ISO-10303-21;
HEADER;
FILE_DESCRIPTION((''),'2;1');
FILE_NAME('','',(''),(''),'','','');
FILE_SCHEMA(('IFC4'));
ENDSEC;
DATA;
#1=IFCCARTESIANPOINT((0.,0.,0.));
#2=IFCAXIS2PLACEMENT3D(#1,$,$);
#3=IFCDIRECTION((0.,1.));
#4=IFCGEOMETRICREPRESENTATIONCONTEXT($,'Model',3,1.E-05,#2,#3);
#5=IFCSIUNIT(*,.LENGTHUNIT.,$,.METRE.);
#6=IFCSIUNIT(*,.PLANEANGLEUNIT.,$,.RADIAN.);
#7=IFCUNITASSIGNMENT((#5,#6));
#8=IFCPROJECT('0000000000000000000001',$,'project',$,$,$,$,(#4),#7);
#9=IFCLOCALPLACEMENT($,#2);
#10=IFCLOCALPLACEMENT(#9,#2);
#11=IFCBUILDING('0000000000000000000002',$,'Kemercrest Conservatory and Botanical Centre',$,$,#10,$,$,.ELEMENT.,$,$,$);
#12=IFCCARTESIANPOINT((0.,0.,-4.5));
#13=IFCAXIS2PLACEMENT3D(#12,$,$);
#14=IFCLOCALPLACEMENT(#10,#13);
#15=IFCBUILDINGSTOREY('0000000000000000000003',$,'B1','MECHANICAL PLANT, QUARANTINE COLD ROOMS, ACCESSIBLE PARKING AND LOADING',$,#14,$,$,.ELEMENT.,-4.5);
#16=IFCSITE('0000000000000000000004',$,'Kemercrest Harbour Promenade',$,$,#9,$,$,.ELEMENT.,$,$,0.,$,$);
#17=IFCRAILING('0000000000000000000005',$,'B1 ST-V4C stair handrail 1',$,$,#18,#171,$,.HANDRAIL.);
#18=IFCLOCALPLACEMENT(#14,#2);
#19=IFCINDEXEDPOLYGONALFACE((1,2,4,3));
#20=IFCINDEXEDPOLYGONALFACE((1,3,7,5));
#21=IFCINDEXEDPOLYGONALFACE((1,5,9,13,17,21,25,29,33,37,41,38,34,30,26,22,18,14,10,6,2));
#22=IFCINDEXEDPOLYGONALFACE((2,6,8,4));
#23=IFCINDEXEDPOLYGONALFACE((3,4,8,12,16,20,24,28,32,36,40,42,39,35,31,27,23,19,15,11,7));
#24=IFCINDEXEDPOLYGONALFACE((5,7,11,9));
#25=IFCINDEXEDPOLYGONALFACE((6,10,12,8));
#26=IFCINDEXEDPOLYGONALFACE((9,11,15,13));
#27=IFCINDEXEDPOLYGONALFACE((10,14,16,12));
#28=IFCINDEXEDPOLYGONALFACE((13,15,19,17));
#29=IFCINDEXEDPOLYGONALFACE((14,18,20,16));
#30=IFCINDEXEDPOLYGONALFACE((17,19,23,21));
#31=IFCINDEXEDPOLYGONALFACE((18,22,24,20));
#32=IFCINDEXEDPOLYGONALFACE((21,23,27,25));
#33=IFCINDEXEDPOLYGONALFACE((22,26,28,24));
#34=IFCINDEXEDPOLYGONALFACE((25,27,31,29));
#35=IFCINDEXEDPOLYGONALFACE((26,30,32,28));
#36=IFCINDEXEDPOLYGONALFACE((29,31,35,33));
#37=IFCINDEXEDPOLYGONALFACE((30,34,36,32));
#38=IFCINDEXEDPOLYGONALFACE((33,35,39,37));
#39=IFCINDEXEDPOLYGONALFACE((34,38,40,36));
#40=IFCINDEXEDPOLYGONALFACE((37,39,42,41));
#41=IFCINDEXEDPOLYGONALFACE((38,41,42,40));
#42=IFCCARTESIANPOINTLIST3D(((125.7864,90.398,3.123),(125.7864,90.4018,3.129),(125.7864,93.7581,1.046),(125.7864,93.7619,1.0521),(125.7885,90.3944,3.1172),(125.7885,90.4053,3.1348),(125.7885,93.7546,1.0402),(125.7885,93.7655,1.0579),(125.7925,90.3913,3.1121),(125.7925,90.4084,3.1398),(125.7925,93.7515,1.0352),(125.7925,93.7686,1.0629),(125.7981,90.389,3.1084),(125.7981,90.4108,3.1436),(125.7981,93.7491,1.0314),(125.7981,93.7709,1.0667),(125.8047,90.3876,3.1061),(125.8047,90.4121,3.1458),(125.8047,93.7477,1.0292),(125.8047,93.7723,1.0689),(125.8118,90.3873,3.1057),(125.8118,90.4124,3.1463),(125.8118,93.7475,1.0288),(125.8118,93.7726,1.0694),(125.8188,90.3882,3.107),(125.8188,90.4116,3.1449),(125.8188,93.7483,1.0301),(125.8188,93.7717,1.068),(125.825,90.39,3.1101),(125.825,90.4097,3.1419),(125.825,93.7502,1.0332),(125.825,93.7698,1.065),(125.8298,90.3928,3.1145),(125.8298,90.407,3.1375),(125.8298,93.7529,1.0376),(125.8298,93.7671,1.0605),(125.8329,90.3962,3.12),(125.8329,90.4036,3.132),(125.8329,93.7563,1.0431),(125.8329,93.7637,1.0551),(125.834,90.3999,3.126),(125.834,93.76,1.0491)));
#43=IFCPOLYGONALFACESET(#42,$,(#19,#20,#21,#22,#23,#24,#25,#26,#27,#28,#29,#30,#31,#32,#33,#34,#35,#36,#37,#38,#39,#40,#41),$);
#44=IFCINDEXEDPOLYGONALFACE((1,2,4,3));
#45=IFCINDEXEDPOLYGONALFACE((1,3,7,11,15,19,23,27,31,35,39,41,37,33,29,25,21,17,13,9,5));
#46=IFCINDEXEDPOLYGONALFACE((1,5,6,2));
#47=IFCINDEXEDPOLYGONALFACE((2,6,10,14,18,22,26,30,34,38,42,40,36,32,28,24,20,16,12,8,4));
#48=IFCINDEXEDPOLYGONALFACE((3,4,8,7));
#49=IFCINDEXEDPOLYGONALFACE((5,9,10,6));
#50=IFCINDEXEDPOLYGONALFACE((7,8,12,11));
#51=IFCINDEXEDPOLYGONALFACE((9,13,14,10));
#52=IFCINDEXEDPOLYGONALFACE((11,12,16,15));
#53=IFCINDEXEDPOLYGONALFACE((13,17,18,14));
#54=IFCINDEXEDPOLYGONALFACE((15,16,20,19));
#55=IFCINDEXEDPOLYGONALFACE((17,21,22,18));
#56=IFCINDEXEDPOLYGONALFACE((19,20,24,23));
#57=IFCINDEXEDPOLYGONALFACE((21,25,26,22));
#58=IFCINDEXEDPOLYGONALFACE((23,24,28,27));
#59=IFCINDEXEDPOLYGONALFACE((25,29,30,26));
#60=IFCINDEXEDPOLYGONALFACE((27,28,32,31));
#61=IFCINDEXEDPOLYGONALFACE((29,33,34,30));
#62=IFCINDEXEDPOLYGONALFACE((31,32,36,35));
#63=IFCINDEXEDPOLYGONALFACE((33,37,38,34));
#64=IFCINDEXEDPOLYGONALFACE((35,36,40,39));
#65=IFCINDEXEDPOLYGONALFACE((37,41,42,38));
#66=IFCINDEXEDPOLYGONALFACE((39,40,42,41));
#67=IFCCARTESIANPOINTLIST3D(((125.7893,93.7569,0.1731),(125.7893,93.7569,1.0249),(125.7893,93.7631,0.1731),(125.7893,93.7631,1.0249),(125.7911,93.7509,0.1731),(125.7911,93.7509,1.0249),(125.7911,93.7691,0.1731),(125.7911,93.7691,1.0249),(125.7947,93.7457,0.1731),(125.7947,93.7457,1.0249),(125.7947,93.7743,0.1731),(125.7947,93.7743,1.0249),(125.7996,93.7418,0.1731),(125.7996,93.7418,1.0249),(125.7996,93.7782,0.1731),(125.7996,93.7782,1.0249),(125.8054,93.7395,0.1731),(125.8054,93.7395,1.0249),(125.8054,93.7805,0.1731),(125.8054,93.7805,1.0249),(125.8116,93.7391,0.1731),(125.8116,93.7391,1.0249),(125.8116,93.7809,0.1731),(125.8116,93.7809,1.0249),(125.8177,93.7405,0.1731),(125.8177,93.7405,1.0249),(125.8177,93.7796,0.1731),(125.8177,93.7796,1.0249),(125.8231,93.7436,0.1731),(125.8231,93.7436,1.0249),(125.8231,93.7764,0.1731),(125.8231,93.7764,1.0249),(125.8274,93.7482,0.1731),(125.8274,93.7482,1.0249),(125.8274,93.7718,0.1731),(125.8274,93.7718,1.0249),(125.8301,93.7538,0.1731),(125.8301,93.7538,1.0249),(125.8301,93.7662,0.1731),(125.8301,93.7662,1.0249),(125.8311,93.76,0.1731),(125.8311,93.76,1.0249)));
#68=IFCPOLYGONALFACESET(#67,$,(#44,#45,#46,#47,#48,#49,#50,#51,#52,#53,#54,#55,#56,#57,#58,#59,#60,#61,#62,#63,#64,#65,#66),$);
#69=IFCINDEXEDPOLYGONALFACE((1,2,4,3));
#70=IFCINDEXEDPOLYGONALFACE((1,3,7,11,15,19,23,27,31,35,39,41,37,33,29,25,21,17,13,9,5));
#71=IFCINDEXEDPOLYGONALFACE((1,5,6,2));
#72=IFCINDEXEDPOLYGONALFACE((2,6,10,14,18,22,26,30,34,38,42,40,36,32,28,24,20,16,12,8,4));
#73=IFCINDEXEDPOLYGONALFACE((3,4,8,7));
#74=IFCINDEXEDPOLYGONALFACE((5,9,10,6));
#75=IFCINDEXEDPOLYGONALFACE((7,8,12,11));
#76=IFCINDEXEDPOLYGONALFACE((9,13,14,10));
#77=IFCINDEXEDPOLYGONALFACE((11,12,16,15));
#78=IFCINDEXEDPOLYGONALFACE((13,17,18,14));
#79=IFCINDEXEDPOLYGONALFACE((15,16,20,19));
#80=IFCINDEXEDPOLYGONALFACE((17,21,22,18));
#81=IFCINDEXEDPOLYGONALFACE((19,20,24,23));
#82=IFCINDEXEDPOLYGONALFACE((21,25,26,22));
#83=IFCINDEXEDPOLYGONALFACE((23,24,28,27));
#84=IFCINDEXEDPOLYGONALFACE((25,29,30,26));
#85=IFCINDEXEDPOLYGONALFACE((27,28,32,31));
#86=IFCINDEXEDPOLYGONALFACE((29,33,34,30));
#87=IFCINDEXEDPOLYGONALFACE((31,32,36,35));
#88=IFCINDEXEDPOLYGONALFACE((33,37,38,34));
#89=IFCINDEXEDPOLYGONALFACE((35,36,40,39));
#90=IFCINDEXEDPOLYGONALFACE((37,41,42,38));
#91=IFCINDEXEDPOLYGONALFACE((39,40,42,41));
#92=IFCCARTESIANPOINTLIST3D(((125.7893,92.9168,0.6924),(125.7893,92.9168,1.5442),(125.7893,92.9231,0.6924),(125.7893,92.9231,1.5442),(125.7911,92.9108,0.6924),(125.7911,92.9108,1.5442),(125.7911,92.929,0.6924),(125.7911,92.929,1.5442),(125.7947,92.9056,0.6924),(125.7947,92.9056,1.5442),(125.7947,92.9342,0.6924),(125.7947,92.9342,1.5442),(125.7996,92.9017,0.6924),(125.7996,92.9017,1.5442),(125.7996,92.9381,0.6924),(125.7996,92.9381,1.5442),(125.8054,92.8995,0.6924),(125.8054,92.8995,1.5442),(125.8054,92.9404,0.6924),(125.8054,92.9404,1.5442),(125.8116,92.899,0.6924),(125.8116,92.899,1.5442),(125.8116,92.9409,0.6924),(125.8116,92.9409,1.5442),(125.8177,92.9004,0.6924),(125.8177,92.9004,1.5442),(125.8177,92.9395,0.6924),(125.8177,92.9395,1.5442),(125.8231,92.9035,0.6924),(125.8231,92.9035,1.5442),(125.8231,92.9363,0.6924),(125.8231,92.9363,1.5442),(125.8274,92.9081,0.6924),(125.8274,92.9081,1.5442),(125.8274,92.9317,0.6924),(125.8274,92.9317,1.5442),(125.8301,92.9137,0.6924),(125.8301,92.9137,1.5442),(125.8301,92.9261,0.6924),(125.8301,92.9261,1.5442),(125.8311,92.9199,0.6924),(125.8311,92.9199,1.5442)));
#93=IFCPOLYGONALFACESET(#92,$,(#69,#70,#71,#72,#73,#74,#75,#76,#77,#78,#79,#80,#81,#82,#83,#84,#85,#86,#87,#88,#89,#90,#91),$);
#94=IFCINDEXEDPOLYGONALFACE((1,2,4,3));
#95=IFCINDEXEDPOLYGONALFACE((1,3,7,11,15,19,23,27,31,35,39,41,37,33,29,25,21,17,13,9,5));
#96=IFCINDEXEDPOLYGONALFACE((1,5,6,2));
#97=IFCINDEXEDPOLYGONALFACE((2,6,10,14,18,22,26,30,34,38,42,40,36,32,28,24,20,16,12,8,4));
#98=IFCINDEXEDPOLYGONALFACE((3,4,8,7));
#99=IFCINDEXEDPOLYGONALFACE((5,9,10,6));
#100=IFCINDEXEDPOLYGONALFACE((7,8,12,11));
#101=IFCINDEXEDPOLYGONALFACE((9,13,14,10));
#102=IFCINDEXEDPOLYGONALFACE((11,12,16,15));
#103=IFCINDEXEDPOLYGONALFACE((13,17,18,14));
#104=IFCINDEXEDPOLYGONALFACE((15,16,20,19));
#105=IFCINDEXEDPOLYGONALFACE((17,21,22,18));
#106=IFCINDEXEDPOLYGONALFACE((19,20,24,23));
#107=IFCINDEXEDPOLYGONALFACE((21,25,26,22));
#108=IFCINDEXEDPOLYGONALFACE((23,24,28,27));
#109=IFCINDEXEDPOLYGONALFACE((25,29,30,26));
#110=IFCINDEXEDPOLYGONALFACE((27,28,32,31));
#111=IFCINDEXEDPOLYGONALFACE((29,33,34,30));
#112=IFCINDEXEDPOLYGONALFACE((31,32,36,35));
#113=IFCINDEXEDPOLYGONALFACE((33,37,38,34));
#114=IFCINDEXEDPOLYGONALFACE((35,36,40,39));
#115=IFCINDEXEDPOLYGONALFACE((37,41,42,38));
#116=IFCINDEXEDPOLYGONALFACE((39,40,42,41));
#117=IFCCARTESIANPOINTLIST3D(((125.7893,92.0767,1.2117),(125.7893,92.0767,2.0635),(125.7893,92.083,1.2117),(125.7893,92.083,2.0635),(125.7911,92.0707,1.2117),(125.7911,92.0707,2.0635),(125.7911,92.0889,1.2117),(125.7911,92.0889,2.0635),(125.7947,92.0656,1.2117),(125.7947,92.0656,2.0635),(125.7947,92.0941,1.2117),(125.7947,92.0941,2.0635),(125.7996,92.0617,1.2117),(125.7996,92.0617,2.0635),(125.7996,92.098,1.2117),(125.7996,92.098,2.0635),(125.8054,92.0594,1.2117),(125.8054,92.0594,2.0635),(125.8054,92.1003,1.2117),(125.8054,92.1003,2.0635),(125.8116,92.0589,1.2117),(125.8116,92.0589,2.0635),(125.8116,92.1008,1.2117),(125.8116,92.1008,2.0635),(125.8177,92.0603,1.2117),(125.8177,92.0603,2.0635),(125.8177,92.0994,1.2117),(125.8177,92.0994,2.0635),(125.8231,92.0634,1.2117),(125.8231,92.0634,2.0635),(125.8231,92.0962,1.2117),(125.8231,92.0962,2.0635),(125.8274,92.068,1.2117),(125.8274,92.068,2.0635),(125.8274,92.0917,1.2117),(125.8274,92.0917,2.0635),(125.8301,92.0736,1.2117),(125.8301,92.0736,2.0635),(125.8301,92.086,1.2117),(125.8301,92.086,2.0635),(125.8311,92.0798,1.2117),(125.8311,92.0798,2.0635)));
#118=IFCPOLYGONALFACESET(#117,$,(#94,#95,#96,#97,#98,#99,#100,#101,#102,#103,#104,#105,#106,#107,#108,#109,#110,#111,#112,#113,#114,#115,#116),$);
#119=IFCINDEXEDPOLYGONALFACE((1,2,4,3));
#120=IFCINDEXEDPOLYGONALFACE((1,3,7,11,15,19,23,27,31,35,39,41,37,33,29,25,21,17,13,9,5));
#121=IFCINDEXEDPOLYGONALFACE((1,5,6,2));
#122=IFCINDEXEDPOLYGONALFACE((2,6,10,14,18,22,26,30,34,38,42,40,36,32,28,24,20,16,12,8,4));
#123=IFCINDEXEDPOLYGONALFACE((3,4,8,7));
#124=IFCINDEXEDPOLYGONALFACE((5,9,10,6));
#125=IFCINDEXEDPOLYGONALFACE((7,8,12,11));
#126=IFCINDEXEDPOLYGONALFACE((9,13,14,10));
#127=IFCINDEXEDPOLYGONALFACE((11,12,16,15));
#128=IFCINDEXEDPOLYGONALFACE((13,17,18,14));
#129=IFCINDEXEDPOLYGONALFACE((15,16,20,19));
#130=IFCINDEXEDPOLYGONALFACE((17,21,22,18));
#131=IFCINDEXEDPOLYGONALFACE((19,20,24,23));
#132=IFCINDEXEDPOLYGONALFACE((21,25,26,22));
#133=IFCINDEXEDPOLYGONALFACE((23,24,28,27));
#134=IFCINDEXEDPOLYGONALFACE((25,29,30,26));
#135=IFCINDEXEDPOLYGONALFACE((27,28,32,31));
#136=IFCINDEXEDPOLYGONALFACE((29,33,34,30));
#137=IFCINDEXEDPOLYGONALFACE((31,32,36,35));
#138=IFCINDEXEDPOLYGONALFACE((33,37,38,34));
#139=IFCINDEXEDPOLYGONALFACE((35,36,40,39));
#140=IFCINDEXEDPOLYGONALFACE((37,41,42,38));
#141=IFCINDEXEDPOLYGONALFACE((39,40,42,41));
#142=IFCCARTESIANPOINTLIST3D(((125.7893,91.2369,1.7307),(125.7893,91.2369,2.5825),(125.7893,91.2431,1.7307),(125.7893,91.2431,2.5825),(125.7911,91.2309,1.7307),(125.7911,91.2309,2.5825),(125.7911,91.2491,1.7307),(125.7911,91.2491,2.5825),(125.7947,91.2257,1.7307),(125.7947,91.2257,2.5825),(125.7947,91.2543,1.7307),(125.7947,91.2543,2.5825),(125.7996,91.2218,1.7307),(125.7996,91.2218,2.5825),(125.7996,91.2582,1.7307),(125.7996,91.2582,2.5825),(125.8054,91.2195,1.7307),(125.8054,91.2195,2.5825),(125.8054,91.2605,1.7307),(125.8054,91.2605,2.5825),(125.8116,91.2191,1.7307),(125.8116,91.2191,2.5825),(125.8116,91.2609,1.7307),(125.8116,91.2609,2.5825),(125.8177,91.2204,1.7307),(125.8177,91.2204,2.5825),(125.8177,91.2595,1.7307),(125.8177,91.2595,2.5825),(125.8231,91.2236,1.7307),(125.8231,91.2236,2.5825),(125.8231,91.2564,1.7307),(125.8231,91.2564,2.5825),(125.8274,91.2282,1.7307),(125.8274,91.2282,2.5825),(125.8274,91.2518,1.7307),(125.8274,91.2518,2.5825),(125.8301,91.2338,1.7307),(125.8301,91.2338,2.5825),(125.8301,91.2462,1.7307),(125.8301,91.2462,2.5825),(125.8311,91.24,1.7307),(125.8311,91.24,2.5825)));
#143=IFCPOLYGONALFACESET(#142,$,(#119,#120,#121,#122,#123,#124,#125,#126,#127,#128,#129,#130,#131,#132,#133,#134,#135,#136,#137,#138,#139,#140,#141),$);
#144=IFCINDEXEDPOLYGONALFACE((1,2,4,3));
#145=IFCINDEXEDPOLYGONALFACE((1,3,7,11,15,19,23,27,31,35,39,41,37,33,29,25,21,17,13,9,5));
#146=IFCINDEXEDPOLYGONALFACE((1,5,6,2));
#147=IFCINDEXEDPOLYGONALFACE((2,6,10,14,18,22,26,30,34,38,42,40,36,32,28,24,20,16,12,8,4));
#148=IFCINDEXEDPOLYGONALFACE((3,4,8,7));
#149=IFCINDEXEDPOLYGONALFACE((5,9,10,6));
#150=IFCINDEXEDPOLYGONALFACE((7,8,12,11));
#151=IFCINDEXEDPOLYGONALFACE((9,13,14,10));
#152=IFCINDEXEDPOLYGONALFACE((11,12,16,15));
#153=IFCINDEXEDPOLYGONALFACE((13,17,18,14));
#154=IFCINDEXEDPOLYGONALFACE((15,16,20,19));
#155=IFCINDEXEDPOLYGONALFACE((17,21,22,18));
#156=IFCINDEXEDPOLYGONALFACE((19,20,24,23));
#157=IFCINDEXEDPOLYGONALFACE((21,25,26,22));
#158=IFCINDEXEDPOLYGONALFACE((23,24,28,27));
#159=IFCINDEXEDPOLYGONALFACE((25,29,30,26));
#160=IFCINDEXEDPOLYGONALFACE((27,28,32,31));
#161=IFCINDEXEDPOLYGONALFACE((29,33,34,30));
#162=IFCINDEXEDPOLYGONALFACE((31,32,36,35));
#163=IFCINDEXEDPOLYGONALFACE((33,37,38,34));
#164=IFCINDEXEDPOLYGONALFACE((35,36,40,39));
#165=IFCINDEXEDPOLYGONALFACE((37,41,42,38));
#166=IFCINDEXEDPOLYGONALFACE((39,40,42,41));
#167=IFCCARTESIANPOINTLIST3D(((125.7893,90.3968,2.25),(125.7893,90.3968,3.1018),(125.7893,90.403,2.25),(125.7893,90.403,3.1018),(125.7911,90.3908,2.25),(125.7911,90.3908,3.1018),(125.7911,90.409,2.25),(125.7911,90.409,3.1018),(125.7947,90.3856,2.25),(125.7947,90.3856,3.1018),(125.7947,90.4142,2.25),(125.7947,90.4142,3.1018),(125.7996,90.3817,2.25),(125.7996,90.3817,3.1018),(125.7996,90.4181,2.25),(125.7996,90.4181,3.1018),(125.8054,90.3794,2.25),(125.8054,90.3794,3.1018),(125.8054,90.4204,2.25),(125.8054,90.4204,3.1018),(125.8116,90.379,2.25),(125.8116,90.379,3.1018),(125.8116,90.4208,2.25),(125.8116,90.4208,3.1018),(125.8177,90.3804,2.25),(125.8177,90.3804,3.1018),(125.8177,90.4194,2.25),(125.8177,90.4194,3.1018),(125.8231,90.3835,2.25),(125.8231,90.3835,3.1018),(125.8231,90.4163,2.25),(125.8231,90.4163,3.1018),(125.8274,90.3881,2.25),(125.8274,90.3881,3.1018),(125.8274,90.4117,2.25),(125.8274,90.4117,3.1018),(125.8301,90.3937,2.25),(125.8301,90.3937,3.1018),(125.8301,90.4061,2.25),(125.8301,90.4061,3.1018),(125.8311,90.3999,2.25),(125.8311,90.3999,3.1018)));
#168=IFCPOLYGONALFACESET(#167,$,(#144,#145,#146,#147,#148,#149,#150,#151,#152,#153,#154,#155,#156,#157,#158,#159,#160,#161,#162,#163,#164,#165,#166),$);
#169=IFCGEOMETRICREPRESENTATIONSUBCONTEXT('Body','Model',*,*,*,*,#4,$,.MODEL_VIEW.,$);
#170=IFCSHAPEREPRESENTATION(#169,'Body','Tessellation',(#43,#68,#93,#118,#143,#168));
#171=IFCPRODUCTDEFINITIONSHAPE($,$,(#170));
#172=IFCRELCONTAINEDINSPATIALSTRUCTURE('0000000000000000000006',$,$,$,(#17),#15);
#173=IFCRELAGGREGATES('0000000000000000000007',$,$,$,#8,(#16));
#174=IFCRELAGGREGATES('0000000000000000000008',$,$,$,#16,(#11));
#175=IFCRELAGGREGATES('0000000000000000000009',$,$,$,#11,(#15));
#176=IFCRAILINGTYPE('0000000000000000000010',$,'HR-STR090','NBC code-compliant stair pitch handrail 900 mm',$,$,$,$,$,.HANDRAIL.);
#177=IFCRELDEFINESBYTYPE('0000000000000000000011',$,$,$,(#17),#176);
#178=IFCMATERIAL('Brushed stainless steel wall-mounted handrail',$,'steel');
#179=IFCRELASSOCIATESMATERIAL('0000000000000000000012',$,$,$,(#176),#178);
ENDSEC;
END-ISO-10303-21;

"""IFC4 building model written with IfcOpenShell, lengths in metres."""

from ifc_helpers import new_model, si_unit, direction, frame, origin, origin_2d, place, context, subcontext, project, spatial, circle, extrude, material, type_object, element, save


model = new_model("IFC4")

# Units and contexts
model_context = context("Model", 3, precision=1e-05, world=origin(), true_north=direction((0.0, 1.0)))
body_context = subcontext(model_context, "Body", "Model", "MODEL_VIEW")
ifc_project = project(units=[si_unit("LENGTHUNIT", "METRE"), si_unit("PLANEANGLEUNIT", "RADIAN")], contexts=[model_context])

# Site, building, storey
site_placement = place(None, origin())
site = spatial("IfcSite", under=ifc_project, at=site_placement, Name="Kemercrest Harbour Promenade", CompositionType="ELEMENT", RefElevation=0.0)
building_placement = place(site_placement, origin())
building = spatial("IfcBuilding", under=site, at=building_placement, Name="Kemercrest Conservatory and Botanical Centre", CompositionType="ELEMENT")
storey_placement = place(building_placement, frame((0.0, 0.0, -4.5)))
storey = spatial("IfcBuildingStorey", under=building, at=storey_placement, Name="B1", Description="MECHANICAL PLANT, QUARANTINE COLD ROOMS, ACCESSIBLE PARKING AND LOADING", CompositionType="ELEMENT", Elevation=-4.5)

# Railing
ifc_material_1 = material(Name="Brushed stainless steel wall-mounted handrail", Category="steel")
railing_type_1 = type_object("IfcRailingType", Name="HR-STR090", Description="NBC code-compliant stair pitch handrail 900 mm", PredefinedType="HANDRAIL", material=ifc_material_1)
railing_1_placement = place(storey_placement, frame((125.8101, 93.76, 0.1731)))
element("IfcRailing", 1, at=railing_1_placement, inside=storey, type_object=railing_type_1, Name="B1 ST-V4C stair handrail 1", PredefinedType="HANDRAIL", context=body_context, shape_type="SweptSolid", body=[
    extrude(circle(Radius=0.0239, at=origin_2d()), frame((0.0, 0.0, 0.876), z_axis=(0.0, -0.850623, 0.525776), x_axis=(1.0, 0.0, 0.0)), (0.0, 0.0, 1.0), 3.9502),
    extrude(circle(Radius=0.021, at=origin_2d()), origin(), (0.0, 0.0, 1.0), 0.8518),
    extrude(circle(Radius=0.021, at=origin_2d()), frame((0.0, -0.8401, 0.5193)), (0.0, 0.0, 1.0), 0.8518),
    extrude(circle(Radius=0.021, at=origin_2d()), frame((0.0, -1.6802, 1.0386)), (0.0, 0.0, 1.0), 0.8518),
    extrude(circle(Radius=0.021, at=origin_2d()), frame((0.0, -2.52, 1.5576)), (0.0, 0.0, 1.0), 0.8518),
    extrude(circle(Radius=0.021, at=origin_2d()), frame((0.0, -3.3601, 2.0769)), (0.0, 0.0, 1.0), 0.8518),
])

save(model, "model.ifc")
